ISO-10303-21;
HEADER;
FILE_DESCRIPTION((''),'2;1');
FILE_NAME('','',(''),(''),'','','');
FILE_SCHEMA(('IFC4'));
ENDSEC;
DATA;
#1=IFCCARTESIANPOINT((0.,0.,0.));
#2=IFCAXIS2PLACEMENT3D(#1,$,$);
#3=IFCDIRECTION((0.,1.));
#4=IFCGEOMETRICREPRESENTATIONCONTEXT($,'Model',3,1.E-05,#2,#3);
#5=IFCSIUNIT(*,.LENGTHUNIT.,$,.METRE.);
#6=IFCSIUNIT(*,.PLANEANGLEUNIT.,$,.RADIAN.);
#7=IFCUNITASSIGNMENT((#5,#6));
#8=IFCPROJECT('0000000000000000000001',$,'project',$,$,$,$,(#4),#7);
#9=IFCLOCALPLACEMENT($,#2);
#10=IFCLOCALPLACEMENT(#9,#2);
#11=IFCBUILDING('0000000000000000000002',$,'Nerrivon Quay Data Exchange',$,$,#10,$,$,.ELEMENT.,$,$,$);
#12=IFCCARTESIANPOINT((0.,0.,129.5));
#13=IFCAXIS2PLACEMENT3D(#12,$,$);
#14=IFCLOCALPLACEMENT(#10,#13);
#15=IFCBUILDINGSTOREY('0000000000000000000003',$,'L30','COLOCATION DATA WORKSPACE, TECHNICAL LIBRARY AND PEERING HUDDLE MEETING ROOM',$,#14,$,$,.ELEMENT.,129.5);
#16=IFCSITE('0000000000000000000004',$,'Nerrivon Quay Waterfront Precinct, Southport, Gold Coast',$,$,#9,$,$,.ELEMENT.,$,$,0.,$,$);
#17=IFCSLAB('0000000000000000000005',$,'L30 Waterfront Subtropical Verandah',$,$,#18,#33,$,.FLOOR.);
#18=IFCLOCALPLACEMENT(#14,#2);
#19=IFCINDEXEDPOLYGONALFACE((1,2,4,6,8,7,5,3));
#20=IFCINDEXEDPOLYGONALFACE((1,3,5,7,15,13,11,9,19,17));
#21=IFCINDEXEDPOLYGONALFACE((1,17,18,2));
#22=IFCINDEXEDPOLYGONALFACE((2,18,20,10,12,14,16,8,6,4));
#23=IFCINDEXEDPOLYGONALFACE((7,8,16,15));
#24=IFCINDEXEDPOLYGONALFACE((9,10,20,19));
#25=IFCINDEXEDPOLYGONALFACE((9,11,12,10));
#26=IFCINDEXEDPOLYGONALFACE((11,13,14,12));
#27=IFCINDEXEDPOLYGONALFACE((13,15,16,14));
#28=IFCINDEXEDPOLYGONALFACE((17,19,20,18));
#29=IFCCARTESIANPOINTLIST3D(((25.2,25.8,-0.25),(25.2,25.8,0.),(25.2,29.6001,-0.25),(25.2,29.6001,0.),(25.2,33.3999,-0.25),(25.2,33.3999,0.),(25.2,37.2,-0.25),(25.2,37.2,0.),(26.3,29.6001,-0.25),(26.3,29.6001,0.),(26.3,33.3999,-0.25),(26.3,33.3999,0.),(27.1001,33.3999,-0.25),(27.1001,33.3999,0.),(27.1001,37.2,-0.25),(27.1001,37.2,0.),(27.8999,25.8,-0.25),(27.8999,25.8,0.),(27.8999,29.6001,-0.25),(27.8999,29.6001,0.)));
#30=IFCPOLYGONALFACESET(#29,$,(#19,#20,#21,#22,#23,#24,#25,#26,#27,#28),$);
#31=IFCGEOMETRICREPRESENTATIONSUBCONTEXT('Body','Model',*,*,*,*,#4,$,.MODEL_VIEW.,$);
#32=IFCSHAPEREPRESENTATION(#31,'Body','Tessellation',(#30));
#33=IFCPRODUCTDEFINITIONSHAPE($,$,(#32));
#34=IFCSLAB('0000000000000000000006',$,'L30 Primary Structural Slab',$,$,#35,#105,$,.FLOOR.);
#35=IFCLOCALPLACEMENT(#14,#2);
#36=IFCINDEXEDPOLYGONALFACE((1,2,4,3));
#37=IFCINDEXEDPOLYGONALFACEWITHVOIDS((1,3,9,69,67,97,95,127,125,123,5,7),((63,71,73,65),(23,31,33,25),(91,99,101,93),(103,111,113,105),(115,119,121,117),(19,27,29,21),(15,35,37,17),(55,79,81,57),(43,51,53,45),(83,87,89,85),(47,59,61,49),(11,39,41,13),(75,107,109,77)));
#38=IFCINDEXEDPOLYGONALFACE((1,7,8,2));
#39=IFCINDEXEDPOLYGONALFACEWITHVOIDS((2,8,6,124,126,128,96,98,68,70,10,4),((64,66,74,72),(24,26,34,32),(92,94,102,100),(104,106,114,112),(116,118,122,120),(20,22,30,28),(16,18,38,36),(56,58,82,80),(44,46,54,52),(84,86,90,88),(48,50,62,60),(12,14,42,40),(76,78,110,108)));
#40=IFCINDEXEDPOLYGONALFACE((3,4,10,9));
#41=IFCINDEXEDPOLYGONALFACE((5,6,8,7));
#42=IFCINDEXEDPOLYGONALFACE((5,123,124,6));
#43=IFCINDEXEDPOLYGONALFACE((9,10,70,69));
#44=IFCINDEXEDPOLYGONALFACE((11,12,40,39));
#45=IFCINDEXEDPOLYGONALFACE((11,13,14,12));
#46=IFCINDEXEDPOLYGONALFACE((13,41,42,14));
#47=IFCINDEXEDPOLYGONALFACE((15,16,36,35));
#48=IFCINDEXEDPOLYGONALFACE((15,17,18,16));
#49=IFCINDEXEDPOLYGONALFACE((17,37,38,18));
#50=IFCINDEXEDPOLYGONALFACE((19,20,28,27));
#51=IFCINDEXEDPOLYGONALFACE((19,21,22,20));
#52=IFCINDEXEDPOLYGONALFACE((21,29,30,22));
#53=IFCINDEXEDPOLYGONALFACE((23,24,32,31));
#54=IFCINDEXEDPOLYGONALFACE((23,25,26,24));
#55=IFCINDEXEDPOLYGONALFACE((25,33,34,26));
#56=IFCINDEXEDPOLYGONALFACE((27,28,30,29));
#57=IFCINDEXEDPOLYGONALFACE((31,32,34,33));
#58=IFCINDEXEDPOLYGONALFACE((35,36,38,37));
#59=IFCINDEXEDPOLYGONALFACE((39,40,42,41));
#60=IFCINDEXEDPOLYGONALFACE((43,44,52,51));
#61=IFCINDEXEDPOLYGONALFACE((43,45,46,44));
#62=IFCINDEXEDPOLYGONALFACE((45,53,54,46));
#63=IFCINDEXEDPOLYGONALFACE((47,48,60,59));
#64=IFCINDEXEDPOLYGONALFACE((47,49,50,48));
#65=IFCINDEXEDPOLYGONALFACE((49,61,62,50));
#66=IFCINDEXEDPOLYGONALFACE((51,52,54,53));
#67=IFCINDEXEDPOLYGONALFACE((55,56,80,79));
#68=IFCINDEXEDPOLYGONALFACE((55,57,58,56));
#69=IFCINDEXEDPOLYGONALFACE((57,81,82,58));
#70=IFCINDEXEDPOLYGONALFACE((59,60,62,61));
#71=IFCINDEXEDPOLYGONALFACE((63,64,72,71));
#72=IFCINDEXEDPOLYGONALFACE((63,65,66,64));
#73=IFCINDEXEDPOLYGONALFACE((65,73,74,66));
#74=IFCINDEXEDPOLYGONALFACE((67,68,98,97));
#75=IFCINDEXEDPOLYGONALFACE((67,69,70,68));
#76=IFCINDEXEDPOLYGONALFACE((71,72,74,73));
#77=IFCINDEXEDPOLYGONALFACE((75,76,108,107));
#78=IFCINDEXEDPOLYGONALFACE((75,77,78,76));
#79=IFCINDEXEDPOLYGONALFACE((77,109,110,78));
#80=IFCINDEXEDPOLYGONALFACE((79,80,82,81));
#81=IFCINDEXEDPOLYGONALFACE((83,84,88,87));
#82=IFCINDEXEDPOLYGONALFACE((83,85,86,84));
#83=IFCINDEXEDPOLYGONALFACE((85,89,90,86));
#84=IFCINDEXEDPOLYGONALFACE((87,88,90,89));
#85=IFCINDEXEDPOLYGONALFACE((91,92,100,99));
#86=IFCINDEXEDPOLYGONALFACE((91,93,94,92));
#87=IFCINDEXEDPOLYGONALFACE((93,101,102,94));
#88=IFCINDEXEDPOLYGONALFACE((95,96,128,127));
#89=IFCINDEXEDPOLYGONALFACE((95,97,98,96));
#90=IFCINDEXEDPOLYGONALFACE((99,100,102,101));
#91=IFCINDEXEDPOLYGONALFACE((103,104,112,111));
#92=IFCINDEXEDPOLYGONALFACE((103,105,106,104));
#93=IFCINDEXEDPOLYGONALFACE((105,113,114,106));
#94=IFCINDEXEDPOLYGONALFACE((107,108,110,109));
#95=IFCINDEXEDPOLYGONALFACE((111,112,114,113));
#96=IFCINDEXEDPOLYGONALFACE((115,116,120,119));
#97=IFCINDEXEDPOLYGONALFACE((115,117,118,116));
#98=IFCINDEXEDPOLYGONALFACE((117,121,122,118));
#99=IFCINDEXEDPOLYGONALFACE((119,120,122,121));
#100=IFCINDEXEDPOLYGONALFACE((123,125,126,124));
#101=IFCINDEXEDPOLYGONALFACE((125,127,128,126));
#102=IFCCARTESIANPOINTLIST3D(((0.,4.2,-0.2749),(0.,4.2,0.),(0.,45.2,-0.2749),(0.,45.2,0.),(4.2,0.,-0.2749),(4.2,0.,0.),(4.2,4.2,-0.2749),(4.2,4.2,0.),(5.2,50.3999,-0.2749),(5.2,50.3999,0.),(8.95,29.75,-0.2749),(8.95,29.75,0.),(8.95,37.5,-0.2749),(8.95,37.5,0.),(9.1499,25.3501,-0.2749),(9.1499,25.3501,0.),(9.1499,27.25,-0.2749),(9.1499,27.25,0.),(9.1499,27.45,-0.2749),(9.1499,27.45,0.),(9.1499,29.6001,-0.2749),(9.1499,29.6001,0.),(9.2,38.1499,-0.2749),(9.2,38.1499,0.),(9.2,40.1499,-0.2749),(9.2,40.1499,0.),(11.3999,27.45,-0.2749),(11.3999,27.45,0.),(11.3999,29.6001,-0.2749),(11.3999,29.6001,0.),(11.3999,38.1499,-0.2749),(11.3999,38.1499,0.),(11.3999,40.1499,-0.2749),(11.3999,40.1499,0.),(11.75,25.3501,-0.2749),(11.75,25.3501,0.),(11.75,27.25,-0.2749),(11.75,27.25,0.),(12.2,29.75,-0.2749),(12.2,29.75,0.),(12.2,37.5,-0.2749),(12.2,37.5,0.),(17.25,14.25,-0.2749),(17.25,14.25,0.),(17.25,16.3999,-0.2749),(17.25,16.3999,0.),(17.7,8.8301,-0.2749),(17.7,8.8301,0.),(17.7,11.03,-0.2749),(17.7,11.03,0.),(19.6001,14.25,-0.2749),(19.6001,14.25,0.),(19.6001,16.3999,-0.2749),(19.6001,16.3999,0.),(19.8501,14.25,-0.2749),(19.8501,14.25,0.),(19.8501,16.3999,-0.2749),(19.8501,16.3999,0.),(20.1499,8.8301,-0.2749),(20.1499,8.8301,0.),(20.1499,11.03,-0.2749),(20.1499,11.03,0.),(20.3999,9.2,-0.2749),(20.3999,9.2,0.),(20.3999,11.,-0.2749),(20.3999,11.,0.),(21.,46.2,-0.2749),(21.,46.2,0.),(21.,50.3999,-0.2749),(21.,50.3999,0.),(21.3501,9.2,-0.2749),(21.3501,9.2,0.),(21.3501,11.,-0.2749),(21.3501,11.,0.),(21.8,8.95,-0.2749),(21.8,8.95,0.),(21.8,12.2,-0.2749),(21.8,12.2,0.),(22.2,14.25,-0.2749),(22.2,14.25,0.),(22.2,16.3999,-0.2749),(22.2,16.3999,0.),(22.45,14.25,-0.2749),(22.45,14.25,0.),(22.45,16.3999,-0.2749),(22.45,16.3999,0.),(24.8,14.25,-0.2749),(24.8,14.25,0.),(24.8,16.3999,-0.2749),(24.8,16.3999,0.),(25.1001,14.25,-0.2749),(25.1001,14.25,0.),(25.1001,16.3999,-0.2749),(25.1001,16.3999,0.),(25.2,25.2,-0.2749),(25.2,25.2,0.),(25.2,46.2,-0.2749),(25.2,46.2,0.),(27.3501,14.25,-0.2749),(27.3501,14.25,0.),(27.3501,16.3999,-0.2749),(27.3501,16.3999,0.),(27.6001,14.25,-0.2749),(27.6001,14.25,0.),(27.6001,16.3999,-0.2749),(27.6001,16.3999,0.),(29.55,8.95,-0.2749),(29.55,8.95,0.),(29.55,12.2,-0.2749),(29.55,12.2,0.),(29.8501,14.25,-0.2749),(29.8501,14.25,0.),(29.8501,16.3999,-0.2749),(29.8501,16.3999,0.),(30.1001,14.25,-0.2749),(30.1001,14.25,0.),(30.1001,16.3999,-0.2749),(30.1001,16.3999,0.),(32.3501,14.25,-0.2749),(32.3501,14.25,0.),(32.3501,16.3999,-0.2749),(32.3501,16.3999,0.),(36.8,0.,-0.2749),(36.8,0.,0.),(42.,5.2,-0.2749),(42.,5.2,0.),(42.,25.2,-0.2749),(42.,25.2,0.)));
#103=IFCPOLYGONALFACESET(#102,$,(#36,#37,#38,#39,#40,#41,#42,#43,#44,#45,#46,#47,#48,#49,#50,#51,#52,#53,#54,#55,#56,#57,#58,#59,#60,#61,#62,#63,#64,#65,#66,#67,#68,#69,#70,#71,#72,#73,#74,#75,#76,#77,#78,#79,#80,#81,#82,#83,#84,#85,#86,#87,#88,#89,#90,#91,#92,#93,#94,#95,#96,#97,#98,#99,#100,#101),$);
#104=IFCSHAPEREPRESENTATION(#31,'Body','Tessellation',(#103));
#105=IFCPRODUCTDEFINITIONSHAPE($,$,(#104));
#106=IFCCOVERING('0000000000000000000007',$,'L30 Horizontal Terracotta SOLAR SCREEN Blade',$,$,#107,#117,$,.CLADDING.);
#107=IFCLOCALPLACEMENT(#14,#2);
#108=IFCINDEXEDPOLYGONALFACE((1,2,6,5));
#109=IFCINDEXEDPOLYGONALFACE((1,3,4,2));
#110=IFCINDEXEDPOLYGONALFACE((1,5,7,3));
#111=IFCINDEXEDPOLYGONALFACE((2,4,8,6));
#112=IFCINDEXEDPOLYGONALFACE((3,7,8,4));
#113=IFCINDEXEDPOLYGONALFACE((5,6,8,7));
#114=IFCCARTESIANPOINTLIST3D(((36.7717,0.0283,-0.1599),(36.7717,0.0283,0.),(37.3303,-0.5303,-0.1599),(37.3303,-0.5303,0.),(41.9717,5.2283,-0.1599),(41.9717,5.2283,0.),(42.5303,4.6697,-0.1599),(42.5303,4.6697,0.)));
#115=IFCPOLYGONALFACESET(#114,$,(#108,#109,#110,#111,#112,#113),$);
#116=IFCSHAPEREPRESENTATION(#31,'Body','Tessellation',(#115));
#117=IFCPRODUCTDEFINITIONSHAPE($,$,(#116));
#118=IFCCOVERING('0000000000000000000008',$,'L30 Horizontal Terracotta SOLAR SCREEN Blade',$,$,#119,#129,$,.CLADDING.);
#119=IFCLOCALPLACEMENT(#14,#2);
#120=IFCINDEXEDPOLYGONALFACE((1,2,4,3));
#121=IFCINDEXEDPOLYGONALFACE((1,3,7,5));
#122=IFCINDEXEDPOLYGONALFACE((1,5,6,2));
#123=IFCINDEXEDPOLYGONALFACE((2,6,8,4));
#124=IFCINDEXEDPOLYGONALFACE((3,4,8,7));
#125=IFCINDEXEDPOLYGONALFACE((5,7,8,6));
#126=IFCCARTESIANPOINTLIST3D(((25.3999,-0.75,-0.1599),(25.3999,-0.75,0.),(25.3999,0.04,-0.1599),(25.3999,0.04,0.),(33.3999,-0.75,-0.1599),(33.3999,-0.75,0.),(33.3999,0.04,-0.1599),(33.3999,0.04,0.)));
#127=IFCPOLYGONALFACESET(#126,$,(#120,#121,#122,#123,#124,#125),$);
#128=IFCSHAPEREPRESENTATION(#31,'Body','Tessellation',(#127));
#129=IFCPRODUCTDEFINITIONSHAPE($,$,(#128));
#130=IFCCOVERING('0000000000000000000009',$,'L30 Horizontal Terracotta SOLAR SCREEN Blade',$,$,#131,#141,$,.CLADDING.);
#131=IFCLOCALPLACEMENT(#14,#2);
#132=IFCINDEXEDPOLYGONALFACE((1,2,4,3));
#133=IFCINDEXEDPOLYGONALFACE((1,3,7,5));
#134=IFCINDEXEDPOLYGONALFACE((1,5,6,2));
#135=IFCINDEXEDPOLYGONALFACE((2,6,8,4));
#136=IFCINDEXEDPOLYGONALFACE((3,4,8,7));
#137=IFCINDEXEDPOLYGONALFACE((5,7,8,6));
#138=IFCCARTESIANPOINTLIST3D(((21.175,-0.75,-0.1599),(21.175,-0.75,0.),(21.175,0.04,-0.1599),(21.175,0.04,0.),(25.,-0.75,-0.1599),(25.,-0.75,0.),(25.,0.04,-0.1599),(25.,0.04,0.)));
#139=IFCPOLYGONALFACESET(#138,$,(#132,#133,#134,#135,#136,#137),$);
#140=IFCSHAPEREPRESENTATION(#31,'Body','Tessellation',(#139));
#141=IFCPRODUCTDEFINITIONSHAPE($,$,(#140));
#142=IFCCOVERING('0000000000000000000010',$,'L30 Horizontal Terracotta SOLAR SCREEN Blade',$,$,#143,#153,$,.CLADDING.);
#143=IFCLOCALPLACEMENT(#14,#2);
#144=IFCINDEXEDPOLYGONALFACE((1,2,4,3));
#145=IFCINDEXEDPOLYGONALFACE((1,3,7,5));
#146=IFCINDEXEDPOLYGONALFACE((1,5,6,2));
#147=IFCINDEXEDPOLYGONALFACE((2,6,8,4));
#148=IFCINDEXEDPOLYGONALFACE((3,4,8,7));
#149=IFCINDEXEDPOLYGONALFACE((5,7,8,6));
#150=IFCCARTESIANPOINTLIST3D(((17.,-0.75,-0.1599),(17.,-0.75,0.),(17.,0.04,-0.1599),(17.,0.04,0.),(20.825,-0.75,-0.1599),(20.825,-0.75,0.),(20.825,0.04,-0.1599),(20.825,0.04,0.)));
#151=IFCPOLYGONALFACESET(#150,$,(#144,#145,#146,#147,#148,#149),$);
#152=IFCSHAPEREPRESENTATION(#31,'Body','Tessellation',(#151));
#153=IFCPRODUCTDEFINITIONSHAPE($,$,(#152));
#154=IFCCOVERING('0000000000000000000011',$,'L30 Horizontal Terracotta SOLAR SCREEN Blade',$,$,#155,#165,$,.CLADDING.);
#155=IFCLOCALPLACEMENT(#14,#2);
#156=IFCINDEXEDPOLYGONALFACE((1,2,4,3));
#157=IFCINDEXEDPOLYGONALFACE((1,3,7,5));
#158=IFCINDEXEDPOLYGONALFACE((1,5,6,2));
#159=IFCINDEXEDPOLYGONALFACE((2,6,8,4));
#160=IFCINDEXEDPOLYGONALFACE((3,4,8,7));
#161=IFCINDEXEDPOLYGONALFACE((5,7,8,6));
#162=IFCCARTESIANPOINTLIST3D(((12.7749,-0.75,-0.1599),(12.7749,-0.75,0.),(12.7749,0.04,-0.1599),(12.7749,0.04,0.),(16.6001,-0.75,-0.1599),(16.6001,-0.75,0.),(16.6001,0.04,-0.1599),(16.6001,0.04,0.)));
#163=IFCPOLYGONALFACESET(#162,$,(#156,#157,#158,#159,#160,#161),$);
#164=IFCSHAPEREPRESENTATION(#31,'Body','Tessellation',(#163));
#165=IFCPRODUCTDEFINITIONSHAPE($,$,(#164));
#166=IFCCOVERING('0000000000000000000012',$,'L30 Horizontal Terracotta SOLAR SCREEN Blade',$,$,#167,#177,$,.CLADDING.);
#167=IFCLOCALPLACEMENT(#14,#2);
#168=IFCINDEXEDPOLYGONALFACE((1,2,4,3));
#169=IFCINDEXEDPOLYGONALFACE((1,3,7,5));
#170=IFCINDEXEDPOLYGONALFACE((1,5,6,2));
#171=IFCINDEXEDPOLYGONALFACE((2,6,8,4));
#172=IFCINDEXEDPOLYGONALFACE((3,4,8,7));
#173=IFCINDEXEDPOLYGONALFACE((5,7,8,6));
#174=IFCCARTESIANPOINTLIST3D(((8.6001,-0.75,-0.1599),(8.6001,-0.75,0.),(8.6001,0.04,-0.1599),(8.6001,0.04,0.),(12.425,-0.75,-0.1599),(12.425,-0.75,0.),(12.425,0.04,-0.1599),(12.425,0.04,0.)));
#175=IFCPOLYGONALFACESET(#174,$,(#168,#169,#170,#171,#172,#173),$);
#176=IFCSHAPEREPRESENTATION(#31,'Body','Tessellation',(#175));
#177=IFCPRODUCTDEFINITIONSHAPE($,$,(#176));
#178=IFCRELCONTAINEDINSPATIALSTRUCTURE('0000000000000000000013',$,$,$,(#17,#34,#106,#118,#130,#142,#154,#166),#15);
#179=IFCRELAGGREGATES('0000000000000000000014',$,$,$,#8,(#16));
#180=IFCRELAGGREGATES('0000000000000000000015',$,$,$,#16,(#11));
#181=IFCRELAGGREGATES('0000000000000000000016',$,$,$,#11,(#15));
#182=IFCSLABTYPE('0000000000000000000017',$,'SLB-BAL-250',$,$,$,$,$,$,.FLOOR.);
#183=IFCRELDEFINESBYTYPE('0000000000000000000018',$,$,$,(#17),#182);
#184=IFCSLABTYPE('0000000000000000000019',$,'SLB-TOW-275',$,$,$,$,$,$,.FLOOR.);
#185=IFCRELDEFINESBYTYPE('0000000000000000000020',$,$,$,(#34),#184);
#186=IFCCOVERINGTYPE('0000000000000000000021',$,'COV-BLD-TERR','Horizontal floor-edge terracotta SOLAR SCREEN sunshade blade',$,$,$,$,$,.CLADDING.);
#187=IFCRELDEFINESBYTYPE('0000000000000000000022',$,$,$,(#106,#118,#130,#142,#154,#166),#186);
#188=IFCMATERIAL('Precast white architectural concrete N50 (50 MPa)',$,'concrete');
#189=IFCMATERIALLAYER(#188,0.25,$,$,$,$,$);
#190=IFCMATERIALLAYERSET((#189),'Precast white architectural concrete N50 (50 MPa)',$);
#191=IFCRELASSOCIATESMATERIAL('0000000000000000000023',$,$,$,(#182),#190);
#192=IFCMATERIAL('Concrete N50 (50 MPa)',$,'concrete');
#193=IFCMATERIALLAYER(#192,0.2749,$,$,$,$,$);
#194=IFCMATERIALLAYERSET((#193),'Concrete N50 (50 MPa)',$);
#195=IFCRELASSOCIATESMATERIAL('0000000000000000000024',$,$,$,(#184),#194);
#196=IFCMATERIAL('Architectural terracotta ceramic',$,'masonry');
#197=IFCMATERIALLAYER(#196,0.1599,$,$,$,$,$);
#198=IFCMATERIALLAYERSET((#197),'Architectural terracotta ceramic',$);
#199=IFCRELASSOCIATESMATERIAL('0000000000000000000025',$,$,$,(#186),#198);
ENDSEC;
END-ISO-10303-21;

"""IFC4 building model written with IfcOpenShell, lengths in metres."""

from ifc_helpers import new_model, si_unit, direction, frame, origin, place, context, subcontext, project, spatial, polyline, outline, extrude, material, layer, layer_set, type_object, element, save


model = new_model("IFC4")

# Units and contexts
model_context = context("Model", 3, precision=1e-05, world=origin(), true_north=direction((0.0, 1.0)))
body_context = subcontext(model_context, "Body", "Model", "MODEL_VIEW")
ifc_project = project(units=[si_unit("LENGTHUNIT", "METRE"), si_unit("PLANEANGLEUNIT", "RADIAN")], contexts=[model_context])

# Site, building, storey
site_placement = place(None, origin())
site = spatial("IfcSite", under=ifc_project, at=site_placement, Name="Nerrivon Quay Waterfront Precinct, Southport, Gold Coast", CompositionType="ELEMENT", RefElevation=0.0)
building_placement = place(site_placement, origin())
building = spatial("IfcBuilding", under=site, at=building_placement, Name="Nerrivon Quay Data Exchange", CompositionType="ELEMENT")
storey_placement = place(building_placement, frame((0.0, 0.0, 129.5)))
storey = spatial("IfcBuildingStorey", under=building, at=storey_placement, Name="L30", Description="COLOCATION DATA WORKSPACE, TECHNICAL LIBRARY AND PEERING HUDDLE MEETING ROOM", CompositionType="ELEMENT", Elevation=129.5)

# Slabs
ifc_material_1 = material(Name="Precast white architectural concrete N50 (50 MPa)", Category="concrete")
ifc_layer_1 = layer(ifc_material_1, 0.25)
ifc_layer_set_1 = layer_set([ifc_layer_1], Name="Precast white architectural concrete N50 (50 MPa)")
slab_type_1 = type_object("IfcSlabType", Name="SLB-BAL-250", PredefinedType="FLOOR", material=ifc_layer_set_1)
slab_1_placement = place(storey_placement, frame((0.0, 0.0, -0.25)))
element("IfcSlab", 1, at=slab_1_placement, inside=storey, type_object=slab_type_1, Name="L30 Waterfront Subtropical Verandah", PredefinedType="FLOOR", context=body_context, shape_type="SweptSolid", body=[
    extrude(outline(polyline([(26.3, 29.6001), (26.3, 33.3999), (27.1001, 33.3999), (27.1001, 37.2), (25.2, 37.2), (25.2, 33.3999), (25.2, 29.6001), (25.2, 25.8), (27.8999, 25.8), (27.8999, 29.6001), (26.3, 29.6001)])), origin(), (0.0, 0.0, 1.0), 0.25),
])
ifc_material_2 = material(Name="Concrete N50 (50 MPa)", Category="concrete")
ifc_layer_2 = layer(ifc_material_2, 0.2749)
ifc_layer_set_2 = layer_set([ifc_layer_2], Name="Concrete N50 (50 MPa)")
slab_type_2 = type_object("IfcSlabType", Name="SLB-TOW-275", PredefinedType="FLOOR", material=ifc_layer_set_2)
slab_2_placement = place(storey_placement, frame((0.0, 0.0, -0.2749)))
element("IfcSlab", 2, at=slab_2_placement, inside=storey, type_object=slab_type_2, Name="L30 Primary Structural Slab", PredefinedType="FLOOR", context=body_context, shape_type="SweptSolid", body=[
    extrude(outline(polyline([(42.0, 25.2), (25.2, 25.2), (25.2, 46.2), (21.0, 46.2), (21.0, 50.3999), (5.2, 50.3999), (0.0, 45.2), (0.0, 4.2), (4.2, 4.2), (4.2, 0.0), (36.8, 0.0), (42.0, 5.2), (42.0, 25.2)]), holes=[polyline([(8.95, 29.75), (8.95, 37.5), (12.2, 37.5), (12.2, 29.75), (8.95, 29.75)]), polyline([(21.8, 12.2), (29.55, 12.2), (29.55, 8.95), (21.8, 8.95), (21.8, 12.2)]), polyline([(30.1001, 16.3999), (32.3501, 16.3999), (32.3501, 14.25), (30.1001, 14.25), (30.1001, 16.3999)]), polyline([(27.6001, 16.3999), (29.8501, 16.3999), (29.8501, 14.25), (27.6001, 14.25), (27.6001, 16.3999)]), polyline([(25.1001, 14.25), (25.1001, 16.3999), (27.3501, 16.3999), (27.3501, 14.25), (25.1001, 14.25)]), polyline([(22.45, 16.3999), (24.8, 16.3999), (24.8, 14.25), (22.45, 14.25), (22.45, 16.3999)]), polyline([(19.8501, 16.3999), (22.2, 16.3999), (22.2, 14.25), (19.8501, 14.25), (19.8501, 16.3999)]), polyline([(20.3999, 9.2), (20.3999, 11.0), (21.3501, 11.0), (21.3501, 9.2), (20.3999, 9.2)]), polyline([(17.7, 8.8301), (17.7, 11.03), (20.1499, 11.03), (20.1499, 8.8301), (17.7, 8.8301)]), polyline([(17.25, 14.25), (17.25, 16.3999), (19.6001, 16.3999), (19.6001, 14.25), (17.25, 14.25)]), polyline([(9.1499, 27.25), (11.75, 27.25), (11.75, 25.3501), (9.1499, 25.3501), (9.1499, 27.25)]), polyline([(9.1499, 29.6001), (11.3999, 29.6001), (11.3999, 27.45), (9.1499, 27.45), (9.1499, 29.6001)]), polyline([(9.2, 38.1499), (9.2, 40.1499), (11.3999, 40.1499), (11.3999, 38.1499), (9.2, 38.1499)])]), origin(), (0.0, 0.0, 1.0), 0.2749),
])

# Coverings
ifc_material_3 = material(Name="Architectural terracotta ceramic", Category="masonry")
ifc_layer_3 = layer(ifc_material_3, 0.1599)
ifc_layer_set_3 = layer_set([ifc_layer_3], Name="Architectural terracotta ceramic")
covering_type = type_object("IfcCoveringType", Name="COV-BLD-TERR", Description="Horizontal floor-edge terracotta SOLAR SCREEN sunshade blade", PredefinedType="CLADDING", material=ifc_layer_set_3)
covering_1_placement = place(storey_placement, frame((0.0, 0.0, -0.1599)))
element("IfcCovering", 3, at=covering_1_placement, inside=storey, type_object=covering_type, Name="L30 Horizontal Terracotta SOLAR SCREEN Blade", PredefinedType="CLADDING", context=body_context, shape_type="SweptSolid", body=[
    extrude(outline(polyline([(41.9717, 5.2283), (36.7717, 0.0283), (37.3303, -0.5303), (42.5303, 4.6697), (41.9717, 5.2283)])), origin(), (0.0, 0.0, 1.0), 0.1599),
])
covering_2_placement = place(storey_placement, frame((0.0, 0.0, -0.1599)))
element("IfcCovering", 4, at=covering_2_placement, inside=storey, type_object=covering_type, Name="L30 Horizontal Terracotta SOLAR SCREEN Blade", PredefinedType="CLADDING", context=body_context, shape_type="SweptSolid", body=[
    extrude(outline(polyline([(33.3999, 0.04), (25.3999, 0.04), (25.3999, -0.75), (33.3999, -0.75), (33.3999, 0.04)])), origin(), (0.0, 0.0, 1.0), 0.1599),
])
covering_3_placement = place(storey_placement, frame((0.0, 0.0, -0.1599)))
element("IfcCovering", 5, at=covering_3_placement, inside=storey, type_object=covering_type, Name="L30 Horizontal Terracotta SOLAR SCREEN Blade", PredefinedType="CLADDING", context=body_context, shape_type="SweptSolid", body=[
    extrude(outline(polyline([(25.0, 0.04), (21.175, 0.04), (21.175, -0.75), (25.0, -0.75), (25.0, 0.04)])), origin(), (0.0, 0.0, 1.0), 0.1599),
])
covering_4_placement = place(storey_placement, frame((0.0, 0.0, -0.1599)))
element("IfcCovering", 6, at=covering_4_placement, inside=storey, type_object=covering_type, Name="L30 Horizontal Terracotta SOLAR SCREEN Blade", PredefinedType="CLADDING", context=body_context, shape_type="SweptSolid", body=[
    extrude(outline(polyline([(20.825, 0.04), (17.0, 0.04), (17.0, -0.75), (20.825, -0.75), (20.825, 0.04)])), origin(), (0.0, 0.0, 1.0), 0.1599),
])
covering_5_placement = place(storey_placement, frame((0.0, 0.0, -0.1599)))
element("IfcCovering", 7, at=covering_5_placement, inside=storey, type_object=covering_type, Name="L30 Horizontal Terracotta SOLAR SCREEN Blade", PredefinedType="CLADDING", context=body_context, shape_type="SweptSolid", body=[
    extrude(outline(polyline([(16.6001, 0.04), (12.7749, 0.04), (12.7749, -0.75), (16.6001, -0.75), (16.6001, 0.04)])), origin(), (0.0, 0.0, 1.0), 0.1599),
])
covering_6_placement = place(storey_placement, frame((0.0, 0.0, -0.1599)))
element("IfcCovering", 8, at=covering_6_placement, inside=storey, type_object=covering_type, Name="L30 Horizontal Terracotta SOLAR SCREEN Blade", PredefinedType="CLADDING", context=body_context, shape_type="SweptSolid", body=[
    extrude(outline(polyline([(12.425, 0.04), (8.6001, 0.04), (8.6001, -0.75), (12.425, -0.75), (12.425, 0.04)])), origin(), (0.0, 0.0, 1.0), 0.1599),
])

save(model, "model.ifc")
